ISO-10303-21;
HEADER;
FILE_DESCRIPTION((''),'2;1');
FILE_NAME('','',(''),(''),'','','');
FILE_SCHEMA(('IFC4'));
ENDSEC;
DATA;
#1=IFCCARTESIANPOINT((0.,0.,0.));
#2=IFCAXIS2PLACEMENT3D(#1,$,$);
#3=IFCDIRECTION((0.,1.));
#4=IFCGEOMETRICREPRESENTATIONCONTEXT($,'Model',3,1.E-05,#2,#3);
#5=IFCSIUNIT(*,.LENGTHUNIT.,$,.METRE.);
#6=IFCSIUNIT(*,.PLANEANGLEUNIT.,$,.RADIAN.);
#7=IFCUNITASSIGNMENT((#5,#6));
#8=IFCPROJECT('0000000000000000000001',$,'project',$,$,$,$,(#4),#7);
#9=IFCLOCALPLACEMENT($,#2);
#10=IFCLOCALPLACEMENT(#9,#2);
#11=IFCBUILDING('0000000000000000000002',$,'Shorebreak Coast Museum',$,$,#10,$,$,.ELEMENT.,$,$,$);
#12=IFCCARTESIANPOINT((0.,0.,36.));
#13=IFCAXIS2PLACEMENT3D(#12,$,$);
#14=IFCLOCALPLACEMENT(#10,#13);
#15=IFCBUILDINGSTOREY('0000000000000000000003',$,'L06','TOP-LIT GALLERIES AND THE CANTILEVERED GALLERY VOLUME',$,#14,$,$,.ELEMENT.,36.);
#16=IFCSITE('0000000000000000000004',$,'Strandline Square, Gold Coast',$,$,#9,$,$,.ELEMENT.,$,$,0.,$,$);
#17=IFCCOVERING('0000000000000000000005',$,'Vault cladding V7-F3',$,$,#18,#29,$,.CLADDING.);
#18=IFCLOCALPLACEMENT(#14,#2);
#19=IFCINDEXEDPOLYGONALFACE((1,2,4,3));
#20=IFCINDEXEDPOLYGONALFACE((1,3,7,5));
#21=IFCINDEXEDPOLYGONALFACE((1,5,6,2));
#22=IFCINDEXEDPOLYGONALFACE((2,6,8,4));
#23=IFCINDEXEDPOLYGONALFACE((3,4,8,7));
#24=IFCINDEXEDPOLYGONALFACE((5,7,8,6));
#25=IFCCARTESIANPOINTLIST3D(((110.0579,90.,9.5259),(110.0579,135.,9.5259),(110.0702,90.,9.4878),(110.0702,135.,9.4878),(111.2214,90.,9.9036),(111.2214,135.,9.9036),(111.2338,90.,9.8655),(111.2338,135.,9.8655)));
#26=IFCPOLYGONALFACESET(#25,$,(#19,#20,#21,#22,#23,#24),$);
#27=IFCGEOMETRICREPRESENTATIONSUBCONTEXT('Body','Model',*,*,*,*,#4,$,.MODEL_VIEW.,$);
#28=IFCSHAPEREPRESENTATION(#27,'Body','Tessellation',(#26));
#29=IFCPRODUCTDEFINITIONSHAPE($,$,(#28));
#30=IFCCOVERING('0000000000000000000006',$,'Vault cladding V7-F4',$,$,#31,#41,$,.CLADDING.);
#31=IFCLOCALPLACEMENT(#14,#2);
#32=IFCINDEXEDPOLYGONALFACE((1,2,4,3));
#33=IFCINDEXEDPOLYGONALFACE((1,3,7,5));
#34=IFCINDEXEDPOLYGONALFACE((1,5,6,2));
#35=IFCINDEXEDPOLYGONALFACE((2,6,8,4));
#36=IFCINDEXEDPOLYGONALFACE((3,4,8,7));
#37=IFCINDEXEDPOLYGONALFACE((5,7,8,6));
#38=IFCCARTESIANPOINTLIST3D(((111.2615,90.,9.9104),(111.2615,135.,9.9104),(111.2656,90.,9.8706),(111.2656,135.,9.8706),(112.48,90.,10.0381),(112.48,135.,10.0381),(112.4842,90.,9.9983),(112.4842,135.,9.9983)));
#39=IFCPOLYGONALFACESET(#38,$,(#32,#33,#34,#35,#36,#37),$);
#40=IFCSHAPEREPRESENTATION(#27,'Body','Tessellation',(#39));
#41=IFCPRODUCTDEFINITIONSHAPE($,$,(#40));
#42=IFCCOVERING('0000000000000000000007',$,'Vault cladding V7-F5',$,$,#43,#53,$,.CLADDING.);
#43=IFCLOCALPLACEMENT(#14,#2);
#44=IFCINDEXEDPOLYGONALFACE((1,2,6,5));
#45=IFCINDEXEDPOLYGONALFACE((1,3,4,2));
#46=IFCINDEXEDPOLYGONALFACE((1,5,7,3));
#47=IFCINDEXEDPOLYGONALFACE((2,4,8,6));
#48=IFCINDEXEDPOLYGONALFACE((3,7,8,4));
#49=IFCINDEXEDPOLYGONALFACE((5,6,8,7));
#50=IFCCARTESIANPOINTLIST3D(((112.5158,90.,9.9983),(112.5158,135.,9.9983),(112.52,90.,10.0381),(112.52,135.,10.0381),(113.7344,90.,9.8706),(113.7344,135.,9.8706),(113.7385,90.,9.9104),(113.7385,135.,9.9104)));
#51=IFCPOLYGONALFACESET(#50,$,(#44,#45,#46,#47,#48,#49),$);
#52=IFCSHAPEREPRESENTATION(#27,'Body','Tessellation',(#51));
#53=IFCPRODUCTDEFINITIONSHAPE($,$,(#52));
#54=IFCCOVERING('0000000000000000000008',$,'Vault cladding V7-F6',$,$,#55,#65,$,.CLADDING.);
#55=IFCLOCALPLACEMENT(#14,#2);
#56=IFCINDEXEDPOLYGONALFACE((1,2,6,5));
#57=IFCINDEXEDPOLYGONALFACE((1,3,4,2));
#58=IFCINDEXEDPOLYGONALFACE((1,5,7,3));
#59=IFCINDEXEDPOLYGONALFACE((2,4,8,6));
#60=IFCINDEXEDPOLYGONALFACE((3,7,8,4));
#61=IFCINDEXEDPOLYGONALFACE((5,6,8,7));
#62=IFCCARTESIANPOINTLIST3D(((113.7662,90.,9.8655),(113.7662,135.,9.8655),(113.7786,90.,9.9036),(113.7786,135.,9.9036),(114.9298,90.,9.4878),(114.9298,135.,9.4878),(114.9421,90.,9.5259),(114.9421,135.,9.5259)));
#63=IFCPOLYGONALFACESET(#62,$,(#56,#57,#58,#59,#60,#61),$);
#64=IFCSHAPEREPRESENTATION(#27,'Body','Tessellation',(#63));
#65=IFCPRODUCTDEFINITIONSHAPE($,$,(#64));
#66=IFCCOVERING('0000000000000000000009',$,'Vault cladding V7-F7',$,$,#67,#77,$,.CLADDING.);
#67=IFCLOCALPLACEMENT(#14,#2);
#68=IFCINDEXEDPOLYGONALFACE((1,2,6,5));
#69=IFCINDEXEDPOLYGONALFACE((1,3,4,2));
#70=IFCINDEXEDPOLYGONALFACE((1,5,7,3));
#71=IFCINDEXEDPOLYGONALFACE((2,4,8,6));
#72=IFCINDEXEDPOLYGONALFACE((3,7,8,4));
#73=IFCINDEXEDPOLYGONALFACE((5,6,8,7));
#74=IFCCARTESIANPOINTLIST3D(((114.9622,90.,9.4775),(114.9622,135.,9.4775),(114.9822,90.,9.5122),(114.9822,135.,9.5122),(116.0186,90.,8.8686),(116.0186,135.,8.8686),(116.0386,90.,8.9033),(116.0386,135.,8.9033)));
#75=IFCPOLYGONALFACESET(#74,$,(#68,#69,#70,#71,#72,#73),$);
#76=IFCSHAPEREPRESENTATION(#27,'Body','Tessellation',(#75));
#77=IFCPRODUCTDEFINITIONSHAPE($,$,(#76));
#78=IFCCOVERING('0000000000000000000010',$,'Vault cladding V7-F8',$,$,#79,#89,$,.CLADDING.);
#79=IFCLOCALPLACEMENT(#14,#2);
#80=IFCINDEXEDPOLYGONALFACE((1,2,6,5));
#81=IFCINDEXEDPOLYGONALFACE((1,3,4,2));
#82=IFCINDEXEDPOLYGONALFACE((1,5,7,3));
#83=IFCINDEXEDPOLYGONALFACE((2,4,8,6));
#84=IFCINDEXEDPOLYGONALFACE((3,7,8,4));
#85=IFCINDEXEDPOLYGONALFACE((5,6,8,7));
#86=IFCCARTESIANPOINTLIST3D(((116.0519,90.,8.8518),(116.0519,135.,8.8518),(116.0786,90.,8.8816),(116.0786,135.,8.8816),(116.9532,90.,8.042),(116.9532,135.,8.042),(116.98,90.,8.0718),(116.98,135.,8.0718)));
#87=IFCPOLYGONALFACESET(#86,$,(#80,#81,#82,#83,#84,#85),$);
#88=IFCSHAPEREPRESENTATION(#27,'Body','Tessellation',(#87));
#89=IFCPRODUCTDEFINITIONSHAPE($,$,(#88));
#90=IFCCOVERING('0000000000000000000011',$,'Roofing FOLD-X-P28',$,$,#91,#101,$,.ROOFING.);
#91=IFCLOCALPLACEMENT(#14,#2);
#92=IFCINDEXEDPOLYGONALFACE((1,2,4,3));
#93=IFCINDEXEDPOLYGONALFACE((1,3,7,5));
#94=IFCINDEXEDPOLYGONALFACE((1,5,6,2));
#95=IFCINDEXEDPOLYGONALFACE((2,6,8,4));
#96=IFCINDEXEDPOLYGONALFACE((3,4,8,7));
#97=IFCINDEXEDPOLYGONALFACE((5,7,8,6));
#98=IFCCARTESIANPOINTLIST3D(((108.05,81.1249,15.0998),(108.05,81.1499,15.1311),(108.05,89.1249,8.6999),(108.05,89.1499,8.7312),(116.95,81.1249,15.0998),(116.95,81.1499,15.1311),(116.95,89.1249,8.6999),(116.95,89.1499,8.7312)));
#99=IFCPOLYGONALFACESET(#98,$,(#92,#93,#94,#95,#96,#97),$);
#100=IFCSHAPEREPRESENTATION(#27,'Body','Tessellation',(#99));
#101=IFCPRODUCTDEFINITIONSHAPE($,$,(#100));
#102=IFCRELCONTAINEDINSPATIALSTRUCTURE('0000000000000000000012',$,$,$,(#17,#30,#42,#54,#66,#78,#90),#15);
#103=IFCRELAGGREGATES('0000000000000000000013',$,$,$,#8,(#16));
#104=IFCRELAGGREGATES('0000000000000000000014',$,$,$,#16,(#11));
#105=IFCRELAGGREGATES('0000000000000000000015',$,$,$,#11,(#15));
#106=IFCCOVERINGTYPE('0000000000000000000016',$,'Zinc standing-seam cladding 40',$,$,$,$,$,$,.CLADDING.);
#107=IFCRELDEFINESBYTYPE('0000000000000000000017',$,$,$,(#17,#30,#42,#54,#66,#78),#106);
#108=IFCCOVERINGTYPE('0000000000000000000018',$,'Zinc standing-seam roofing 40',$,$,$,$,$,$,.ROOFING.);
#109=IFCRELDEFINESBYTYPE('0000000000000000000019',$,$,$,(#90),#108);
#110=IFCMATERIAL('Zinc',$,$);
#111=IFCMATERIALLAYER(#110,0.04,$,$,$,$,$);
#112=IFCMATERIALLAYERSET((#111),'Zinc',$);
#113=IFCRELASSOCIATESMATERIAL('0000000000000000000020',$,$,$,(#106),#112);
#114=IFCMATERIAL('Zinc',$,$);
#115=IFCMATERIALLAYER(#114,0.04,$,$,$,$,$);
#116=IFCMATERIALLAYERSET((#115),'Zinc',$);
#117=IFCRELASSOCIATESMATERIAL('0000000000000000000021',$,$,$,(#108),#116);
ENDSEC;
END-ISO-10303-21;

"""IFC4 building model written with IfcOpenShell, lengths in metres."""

from ifc_helpers import new_model, si_unit, direction, frame, origin, place, context, subcontext, project, spatial, polyline, outline, extrude, material, layer, layer_set, type_object, element, save


model = new_model("IFC4")

# Units and contexts
model_context = context("Model", 3, precision=1e-05, world=origin(), true_north=direction((0.0, 1.0)))
body_context = subcontext(model_context, "Body", "Model", "MODEL_VIEW")
ifc_project = project(units=[si_unit("LENGTHUNIT", "METRE"), si_unit("PLANEANGLEUNIT", "RADIAN")], contexts=[model_context])

# Site, building, storey
site_placement = place(None, origin())
site = spatial("IfcSite", under=ifc_project, at=site_placement, Name="Strandline Square, Gold Coast", CompositionType="ELEMENT", RefElevation=0.0)
building_placement = place(site_placement, origin())
building = spatial("IfcBuilding", under=site, at=building_placement, Name="Shorebreak Coast Museum", CompositionType="ELEMENT")
storey_placement = place(building_placement, frame((0.0, 0.0, 36.0)))
storey = spatial("IfcBuildingStorey", under=building, at=storey_placement, Name="L06", Description="TOP-LIT GALLERIES AND THE CANTILEVERED GALLERY VOLUME", CompositionType="ELEMENT", Elevation=36.0)

# Coverings
ifc_material_1 = material(Name="Zinc")
ifc_layer_1 = layer(ifc_material_1, 0.04)
ifc_layer_set_1 = layer_set([ifc_layer_1], Name="Zinc")
covering_type_1 = type_object("IfcCoveringType", Name="Zinc standing-seam cladding 40", PredefinedType="CLADDING", material=ifc_layer_set_1)
covering_1_placement = place(storey_placement, frame((110.0579, 90.0, 9.5259), z_axis=(-0.308734, 0.0, 0.951148), x_axis=(0.951148, 0.0, 0.308734)))
element("IfcCovering", 1, at=covering_1_placement, inside=storey, type_object=covering_type_1, Name="Vault cladding V7-F3", PredefinedType="CLADDING", context=body_context, shape_type="SweptSolid", body=[
    extrude(outline(polyline([(0.0, 0.0), (1.2233, 0.0), (1.2233, 45.0), (0.0, 45.0), (0.0, 0.0)])), origin(), (0.0, 0.0, -1.0), 0.04),
])
for number, where, z_axis, x_axis, name in (
    (2, (111.2615, 90.0, 9.9104), (-0.104218, 0.0, 0.994554), (0.994554, 0.0, 0.104218), "Vault cladding V7-F4"),
    (3, (112.52, 90.0, 10.0381), (0.104218, 0.0, 0.994554), (0.994554, 0.0, -0.104218), "Vault cladding V7-F5"),
):
    element("IfcCovering", number, at=place(storey_placement, frame(where, z_axis=z_axis, x_axis=x_axis)), inside=storey, type_object=covering_type_1, Name=name, PredefinedType="CLADDING", context=body_context, shape_type="SweptSolid", body=[
        extrude(outline(polyline([(0.0, 0.0), (1.2252, 0.0), (1.2252, 45.0), (0.0, 45.0), (0.0, 0.0)])), origin(), (0.0, 0.0, -1.0), 0.04),
    ])
covering_2_placement = place(storey_placement, frame((113.7786, 90.0, 9.9036), z_axis=(0.308734, 0.0, 0.951148), x_axis=(0.951148, 0.0, -0.308734)))
element("IfcCovering", 4, at=covering_2_placement, inside=storey, type_object=covering_type_1, Name="Vault cladding V7-F6", PredefinedType="CLADDING", context=body_context, shape_type="SweptSolid", body=[
    extrude(outline(polyline([(0.0, 0.0), (1.2233, 0.0), (1.2233, 45.0), (0.0, 45.0), (0.0, 0.0)])), origin(), (0.0, 0.0, -1.0), 0.04),
])
covering_3_placement = place(storey_placement, frame((114.9822, 90.0, 9.5122), z_axis=(0.49937, 0.0, 0.866389), x_axis=(0.866389, 0.0, -0.49937)))
element("IfcCovering", 5, at=covering_3_placement, inside=storey, type_object=covering_type_1, Name="Vault cladding V7-F7", PredefinedType="CLADDING", context=body_context, shape_type="SweptSolid", body=[
    extrude(outline(polyline([(0.0, 0.0), (1.2193, 0.0), (1.2193, 45.0), (0.0, 45.0), (0.0, 0.0)])), origin(), (0.0, 0.0, -1.0), 0.04),
])
covering_4_placement = place(storey_placement, frame((116.0786, 90.0, 8.8816), z_axis=(0.668319, 0.0, 0.743875), x_axis=(0.743875, 0.0, -0.668319)))
element("IfcCovering", 6, at=covering_4_placement, inside=storey, type_object=covering_type_1, Name="Vault cladding V7-F8", PredefinedType="CLADDING", context=body_context, shape_type="SweptSolid", body=[
    extrude(outline(polyline([(0.0, 0.0), (1.2117, 0.0), (1.2117, 45.0), (0.0, 45.0), (0.0, 0.0)])), origin(), (0.0, 0.0, -1.0), 0.04),
])
ifc_material_2 = material(Name="Zinc")
ifc_layer_2 = layer(ifc_material_2, 0.04)
ifc_layer_set_2 = layer_set([ifc_layer_2], Name="Zinc")
covering_type_2 = type_object("IfcCoveringType", Name="Zinc standing-seam roofing 40", PredefinedType="ROOFING", material=ifc_layer_set_2)
covering_5_placement = place(storey_placement, frame((108.05, 81.1499, 15.1311), z_axis=(0.0, 0.624689, 0.780873), x_axis=(1.0, 0.0, 0.0)))
element("IfcCovering", 7, at=covering_5_placement, inside=storey, type_object=covering_type_2, Name="Roofing FOLD-X-P28", PredefinedType="ROOFING", context=body_context, shape_type="SweptSolid", body=[
    extrude(outline(polyline([(0.0, 0.0), (8.8999, 0.0), (8.8999, 10.2449), (0.0, 10.2449), (0.0, 0.0)])), origin(), (0.0, 0.0, -1.0), 0.04),
])

save(model, "model.ifc")
